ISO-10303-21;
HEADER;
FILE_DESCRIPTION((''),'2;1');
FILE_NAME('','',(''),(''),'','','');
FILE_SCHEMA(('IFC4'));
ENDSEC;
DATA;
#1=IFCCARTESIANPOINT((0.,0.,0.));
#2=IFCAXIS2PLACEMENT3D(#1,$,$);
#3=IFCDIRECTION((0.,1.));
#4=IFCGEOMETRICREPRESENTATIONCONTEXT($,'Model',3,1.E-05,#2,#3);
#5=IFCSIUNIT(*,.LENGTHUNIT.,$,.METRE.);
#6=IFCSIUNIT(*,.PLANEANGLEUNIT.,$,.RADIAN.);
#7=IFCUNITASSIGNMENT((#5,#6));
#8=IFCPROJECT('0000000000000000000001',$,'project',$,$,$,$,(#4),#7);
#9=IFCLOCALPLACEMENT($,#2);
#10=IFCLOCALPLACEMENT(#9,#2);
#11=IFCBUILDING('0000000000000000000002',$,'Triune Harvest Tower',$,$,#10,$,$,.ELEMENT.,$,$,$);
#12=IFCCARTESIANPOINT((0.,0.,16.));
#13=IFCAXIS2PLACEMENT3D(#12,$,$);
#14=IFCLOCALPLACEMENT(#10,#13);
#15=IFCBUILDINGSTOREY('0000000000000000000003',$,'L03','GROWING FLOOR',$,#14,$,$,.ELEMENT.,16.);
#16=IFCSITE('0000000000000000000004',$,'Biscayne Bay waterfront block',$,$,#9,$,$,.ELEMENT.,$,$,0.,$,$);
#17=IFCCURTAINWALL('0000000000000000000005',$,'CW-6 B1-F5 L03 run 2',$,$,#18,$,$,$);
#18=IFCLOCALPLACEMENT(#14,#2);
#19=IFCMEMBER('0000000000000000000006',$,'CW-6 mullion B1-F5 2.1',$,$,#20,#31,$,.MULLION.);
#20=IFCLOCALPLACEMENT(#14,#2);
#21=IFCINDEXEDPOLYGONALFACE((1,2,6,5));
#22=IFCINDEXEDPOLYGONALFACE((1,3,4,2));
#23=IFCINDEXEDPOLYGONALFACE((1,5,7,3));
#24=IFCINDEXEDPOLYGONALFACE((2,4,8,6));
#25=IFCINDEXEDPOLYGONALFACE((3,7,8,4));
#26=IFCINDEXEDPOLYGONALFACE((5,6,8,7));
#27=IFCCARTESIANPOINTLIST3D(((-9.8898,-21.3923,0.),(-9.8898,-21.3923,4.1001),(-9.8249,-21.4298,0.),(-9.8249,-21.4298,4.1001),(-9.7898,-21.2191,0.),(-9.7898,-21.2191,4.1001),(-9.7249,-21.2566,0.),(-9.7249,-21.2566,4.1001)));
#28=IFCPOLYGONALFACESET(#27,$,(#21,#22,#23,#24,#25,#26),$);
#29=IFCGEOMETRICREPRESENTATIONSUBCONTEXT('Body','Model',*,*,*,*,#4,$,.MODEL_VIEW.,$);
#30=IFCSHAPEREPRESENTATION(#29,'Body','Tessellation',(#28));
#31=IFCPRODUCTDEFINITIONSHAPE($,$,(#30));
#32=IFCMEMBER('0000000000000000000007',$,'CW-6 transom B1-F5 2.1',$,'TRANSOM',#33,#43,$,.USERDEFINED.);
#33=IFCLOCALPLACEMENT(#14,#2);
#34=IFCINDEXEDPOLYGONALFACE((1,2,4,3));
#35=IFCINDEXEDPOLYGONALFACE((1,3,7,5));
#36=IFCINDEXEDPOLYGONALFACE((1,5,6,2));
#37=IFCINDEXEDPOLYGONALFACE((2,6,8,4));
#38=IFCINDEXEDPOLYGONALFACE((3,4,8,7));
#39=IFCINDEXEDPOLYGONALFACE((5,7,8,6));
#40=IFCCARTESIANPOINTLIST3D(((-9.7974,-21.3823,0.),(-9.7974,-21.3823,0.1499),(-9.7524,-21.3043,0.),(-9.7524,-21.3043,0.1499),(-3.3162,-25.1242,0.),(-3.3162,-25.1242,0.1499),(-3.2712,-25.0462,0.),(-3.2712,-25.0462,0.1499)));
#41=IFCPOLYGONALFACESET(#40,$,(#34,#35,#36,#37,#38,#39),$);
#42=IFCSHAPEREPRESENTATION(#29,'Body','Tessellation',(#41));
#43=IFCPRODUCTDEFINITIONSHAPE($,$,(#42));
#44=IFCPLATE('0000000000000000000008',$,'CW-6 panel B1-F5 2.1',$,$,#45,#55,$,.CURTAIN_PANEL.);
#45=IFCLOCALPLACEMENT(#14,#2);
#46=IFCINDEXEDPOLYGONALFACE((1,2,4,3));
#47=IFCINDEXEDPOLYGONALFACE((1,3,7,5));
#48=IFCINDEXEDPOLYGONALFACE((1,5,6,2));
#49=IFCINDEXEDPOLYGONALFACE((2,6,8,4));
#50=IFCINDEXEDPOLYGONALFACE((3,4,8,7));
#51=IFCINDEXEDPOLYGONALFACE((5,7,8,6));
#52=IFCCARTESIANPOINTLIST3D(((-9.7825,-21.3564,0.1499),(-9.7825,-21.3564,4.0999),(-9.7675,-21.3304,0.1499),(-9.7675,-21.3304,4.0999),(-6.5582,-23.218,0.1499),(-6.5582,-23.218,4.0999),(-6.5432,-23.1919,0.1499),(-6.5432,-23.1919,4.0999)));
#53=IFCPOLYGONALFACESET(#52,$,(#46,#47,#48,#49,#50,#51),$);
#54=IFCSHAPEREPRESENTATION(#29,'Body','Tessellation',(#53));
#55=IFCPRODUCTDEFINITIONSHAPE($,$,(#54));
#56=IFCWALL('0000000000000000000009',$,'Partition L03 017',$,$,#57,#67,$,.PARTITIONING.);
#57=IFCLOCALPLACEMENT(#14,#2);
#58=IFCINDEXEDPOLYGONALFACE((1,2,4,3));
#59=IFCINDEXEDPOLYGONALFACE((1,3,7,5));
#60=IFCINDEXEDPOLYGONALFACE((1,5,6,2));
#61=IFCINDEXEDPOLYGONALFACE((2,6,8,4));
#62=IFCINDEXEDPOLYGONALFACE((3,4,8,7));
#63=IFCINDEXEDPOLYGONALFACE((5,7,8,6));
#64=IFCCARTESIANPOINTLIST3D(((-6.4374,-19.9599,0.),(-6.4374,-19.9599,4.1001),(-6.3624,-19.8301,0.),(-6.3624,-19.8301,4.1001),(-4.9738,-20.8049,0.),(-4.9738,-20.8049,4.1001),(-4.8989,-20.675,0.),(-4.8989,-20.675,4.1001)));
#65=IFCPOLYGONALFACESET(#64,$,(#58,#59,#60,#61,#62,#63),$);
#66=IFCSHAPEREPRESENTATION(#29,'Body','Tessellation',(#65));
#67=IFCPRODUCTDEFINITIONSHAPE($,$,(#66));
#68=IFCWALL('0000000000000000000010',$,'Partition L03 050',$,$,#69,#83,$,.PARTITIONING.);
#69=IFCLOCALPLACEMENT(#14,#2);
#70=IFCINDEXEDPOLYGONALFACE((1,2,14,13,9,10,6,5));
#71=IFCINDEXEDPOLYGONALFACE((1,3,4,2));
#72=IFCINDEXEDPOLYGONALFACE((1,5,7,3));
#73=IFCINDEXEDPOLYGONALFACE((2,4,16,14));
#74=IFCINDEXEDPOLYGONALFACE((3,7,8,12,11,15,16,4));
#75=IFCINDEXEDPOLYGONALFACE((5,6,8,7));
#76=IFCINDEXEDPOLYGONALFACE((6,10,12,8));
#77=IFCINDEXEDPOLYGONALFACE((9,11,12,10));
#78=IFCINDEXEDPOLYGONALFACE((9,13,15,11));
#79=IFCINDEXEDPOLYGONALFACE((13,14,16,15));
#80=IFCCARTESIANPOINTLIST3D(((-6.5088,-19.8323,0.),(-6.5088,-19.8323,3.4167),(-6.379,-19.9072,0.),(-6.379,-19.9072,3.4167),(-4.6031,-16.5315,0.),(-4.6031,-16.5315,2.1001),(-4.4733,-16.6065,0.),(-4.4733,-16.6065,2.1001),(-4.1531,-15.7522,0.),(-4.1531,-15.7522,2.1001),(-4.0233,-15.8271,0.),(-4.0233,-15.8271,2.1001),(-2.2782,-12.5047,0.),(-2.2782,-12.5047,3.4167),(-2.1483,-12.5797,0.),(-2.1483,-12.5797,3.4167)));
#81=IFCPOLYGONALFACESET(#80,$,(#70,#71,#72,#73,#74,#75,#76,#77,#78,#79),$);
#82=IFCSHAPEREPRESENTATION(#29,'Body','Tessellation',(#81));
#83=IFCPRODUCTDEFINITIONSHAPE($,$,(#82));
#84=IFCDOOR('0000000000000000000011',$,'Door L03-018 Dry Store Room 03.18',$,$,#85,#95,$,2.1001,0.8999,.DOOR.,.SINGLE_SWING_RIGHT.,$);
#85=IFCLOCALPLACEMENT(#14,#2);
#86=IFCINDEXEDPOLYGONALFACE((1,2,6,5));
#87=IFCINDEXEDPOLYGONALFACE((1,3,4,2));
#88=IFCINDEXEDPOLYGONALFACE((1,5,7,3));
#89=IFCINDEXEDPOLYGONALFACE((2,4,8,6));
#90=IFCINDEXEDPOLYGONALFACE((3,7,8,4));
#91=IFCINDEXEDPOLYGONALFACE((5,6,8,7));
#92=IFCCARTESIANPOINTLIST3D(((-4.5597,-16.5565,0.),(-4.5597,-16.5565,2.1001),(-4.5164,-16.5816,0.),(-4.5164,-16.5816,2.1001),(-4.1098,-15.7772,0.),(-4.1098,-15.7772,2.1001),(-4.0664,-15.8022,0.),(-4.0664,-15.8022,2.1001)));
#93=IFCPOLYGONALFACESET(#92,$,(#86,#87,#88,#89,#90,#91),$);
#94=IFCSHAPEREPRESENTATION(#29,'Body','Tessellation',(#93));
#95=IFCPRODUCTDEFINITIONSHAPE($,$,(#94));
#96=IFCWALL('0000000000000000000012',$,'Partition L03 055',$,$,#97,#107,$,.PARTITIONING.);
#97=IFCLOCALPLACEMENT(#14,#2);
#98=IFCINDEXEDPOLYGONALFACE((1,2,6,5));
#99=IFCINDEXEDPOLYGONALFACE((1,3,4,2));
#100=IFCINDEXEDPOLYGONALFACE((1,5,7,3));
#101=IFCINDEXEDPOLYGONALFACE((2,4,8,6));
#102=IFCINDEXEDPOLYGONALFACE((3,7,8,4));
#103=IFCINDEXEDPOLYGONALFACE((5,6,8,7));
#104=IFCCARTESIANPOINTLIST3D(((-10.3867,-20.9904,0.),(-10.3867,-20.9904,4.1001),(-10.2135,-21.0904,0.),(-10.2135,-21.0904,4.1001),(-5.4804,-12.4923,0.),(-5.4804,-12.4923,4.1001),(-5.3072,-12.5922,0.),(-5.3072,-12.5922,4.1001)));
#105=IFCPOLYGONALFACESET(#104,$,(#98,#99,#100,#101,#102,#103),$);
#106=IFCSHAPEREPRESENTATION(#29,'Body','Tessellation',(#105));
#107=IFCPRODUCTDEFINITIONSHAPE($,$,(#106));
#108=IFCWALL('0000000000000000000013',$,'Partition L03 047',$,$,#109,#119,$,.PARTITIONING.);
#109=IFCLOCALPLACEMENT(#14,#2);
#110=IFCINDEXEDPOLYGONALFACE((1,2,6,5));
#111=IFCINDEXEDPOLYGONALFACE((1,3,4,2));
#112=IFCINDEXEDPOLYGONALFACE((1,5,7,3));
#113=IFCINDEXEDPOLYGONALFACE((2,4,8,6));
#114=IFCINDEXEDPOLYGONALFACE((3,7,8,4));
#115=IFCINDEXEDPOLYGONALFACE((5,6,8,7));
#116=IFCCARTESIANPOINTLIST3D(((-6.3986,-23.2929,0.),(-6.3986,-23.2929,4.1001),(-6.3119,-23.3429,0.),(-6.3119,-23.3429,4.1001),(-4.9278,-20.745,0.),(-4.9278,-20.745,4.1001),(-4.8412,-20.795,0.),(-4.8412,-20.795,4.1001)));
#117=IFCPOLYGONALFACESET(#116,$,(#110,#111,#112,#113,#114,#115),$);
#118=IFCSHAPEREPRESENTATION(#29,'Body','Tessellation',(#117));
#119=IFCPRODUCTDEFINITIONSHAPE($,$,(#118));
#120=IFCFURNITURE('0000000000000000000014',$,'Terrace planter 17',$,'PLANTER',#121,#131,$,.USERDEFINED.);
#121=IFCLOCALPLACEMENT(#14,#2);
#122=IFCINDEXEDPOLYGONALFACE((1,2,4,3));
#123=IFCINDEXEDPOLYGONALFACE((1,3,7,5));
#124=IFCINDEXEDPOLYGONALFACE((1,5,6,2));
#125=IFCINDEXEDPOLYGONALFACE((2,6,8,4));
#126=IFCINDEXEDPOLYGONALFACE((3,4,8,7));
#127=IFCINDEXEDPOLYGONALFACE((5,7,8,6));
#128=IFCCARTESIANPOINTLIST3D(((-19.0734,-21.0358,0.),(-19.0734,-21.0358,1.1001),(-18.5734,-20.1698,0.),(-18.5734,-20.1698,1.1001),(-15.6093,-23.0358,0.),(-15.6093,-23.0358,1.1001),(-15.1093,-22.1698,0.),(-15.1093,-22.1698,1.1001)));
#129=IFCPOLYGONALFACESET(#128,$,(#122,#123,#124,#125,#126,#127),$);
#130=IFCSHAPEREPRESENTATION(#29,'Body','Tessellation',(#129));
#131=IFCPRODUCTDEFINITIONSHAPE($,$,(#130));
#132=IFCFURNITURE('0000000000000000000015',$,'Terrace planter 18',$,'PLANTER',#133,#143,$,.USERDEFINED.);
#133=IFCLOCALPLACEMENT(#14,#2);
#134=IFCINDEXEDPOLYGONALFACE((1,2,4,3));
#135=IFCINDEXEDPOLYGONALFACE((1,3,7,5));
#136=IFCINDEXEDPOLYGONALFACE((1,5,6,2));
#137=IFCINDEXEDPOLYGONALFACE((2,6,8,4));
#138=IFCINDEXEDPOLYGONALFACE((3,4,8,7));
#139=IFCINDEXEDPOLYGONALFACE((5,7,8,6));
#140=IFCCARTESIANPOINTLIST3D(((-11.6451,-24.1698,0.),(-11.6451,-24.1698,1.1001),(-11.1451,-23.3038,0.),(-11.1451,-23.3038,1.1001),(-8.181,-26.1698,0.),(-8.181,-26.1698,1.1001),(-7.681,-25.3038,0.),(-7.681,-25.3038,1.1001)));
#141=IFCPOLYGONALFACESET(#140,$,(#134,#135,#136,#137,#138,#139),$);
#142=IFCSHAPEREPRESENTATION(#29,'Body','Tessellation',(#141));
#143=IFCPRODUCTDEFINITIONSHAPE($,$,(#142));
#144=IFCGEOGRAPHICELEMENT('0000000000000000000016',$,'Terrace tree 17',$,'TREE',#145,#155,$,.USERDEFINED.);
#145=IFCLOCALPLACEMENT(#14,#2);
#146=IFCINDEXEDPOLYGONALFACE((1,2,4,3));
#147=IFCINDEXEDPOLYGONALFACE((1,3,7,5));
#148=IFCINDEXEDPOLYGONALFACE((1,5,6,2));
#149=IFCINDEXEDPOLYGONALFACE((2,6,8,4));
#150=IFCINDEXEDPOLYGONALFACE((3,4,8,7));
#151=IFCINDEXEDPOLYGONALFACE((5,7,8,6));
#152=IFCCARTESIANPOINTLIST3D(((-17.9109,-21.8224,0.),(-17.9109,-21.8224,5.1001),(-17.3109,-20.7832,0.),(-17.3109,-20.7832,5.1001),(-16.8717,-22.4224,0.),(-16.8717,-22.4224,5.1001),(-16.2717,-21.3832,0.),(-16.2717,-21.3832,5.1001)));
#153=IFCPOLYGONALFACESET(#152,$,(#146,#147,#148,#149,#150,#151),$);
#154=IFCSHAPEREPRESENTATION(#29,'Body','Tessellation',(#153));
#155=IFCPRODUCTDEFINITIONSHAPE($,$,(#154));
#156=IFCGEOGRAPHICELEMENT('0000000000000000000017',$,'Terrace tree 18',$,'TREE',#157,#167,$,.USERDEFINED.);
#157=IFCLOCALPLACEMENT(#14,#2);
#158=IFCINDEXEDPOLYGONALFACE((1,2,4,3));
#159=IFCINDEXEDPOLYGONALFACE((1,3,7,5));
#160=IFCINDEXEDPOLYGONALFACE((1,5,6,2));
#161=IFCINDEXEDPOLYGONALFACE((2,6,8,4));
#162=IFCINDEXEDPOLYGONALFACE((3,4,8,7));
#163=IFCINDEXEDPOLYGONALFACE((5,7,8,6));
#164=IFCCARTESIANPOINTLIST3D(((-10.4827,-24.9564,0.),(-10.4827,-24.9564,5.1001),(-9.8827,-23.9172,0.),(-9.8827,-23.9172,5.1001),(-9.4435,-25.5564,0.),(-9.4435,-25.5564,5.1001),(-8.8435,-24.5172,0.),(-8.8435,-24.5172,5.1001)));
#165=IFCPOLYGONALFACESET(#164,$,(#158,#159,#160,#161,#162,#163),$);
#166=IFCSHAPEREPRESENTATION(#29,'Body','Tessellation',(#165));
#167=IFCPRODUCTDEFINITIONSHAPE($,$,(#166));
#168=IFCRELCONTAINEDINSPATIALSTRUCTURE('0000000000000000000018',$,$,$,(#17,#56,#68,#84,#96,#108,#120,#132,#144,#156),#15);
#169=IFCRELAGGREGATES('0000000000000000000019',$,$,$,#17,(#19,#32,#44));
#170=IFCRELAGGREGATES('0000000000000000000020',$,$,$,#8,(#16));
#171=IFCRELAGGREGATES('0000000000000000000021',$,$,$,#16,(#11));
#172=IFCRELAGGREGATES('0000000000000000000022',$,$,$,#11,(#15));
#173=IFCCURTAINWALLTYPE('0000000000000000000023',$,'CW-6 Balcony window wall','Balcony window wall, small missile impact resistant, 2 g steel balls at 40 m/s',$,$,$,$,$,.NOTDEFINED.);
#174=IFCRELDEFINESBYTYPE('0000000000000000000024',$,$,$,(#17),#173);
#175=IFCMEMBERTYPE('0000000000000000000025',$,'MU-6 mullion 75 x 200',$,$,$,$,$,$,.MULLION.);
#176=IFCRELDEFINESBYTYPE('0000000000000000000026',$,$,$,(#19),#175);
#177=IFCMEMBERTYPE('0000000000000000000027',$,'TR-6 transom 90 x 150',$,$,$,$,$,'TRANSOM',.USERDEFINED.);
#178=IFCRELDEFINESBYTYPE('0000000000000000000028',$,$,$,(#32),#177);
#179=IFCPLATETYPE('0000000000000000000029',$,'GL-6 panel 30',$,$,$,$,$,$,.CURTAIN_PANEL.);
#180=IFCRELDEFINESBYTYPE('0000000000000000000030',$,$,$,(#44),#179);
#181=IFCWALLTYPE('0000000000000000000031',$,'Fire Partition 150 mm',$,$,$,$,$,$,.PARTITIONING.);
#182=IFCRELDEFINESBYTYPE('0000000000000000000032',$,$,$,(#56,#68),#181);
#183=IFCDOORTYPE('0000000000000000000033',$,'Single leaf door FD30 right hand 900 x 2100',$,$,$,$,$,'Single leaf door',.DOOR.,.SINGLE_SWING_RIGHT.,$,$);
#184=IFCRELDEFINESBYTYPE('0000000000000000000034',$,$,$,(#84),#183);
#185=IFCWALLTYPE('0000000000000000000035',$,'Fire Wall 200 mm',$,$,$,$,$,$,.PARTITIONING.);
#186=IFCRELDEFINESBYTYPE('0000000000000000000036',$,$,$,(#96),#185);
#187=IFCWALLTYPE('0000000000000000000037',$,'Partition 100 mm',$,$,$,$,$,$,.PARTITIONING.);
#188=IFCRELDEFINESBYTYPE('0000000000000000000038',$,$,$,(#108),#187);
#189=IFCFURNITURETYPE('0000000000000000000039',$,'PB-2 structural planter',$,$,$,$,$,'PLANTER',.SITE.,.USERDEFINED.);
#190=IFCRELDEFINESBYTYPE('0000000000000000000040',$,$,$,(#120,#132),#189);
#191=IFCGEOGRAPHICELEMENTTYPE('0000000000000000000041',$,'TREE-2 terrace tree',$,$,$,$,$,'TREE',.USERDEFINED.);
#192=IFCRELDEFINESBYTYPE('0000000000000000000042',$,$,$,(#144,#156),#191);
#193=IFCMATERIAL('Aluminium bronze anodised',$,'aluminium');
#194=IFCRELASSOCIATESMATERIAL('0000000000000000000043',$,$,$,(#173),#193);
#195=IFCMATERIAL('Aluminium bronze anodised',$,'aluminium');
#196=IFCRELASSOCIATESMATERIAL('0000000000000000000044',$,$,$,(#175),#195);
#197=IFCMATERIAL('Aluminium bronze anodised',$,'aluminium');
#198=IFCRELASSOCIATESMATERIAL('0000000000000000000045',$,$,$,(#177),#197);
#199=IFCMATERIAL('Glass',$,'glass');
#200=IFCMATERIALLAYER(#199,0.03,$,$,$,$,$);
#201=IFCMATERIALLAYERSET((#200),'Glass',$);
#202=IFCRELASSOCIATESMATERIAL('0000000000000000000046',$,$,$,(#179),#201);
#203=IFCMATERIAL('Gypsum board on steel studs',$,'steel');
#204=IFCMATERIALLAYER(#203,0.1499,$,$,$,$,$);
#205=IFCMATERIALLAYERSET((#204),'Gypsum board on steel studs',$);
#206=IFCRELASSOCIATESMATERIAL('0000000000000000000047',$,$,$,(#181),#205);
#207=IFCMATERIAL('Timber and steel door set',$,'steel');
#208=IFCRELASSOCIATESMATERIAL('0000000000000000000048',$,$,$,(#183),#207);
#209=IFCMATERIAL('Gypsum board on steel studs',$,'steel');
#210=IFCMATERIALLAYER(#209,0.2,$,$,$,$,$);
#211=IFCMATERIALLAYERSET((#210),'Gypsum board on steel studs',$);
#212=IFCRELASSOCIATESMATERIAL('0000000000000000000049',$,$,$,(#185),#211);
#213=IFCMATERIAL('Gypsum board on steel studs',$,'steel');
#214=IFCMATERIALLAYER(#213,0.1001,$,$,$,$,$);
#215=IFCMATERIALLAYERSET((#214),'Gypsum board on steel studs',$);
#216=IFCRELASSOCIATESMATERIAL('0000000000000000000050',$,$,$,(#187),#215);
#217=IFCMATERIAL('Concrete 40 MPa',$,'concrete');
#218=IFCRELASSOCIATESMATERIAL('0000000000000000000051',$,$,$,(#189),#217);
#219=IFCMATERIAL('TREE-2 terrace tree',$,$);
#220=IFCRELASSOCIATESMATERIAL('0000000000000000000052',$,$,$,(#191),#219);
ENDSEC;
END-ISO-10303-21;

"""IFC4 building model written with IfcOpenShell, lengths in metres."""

from ifc_helpers import new_model, si_unit, direction, frame, frame_2d, origin, origin_2d, place, context, subcontext, project, spatial, rectangle, extrude, source, transform, mapped, material, layer, layer_set, material_profile, profile_set, type_object, element, fill, aggregate, save


model = new_model("IFC4")

# Units and contexts
model_context = context("Model", 3, precision=1e-05, world=origin(), true_north=direction((0.0, 1.0)))
body_context = subcontext(model_context, "Body", "Model", "MODEL_VIEW")
ifc_project = project(units=[si_unit("LENGTHUNIT", "METRE"), si_unit("PLANEANGLEUNIT", "RADIAN")], contexts=[model_context])

# Site, building, storey
site_placement = place(None, origin())
site = spatial("IfcSite", under=ifc_project, at=site_placement, Name="Biscayne Bay waterfront block", CompositionType="ELEMENT", RefElevation=0.0)
building_placement = place(site_placement, origin())
building = spatial("IfcBuilding", under=site, at=building_placement, Name="Triune Harvest Tower", CompositionType="ELEMENT")
storey_placement = place(building_placement, frame((0.0, 0.0, 16.0)))
storey = spatial("IfcBuildingStorey", under=building, at=storey_placement, Name="L03", Description="GROWING FLOOR", CompositionType="ELEMENT", Elevation=16.0)

# Curtain wall, members, plate
ifc_material_1 = material(Name="Aluminium bronze anodised", Category="aluminium")
curtain_wall_type = type_object("IfcCurtainWallType", Name="CW-6 Balcony window wall", Description="Balcony window wall, small missile impact resistant, 2 g steel balls at 40 m/s", PredefinedType="NOTDEFINED", material=ifc_material_1)
curtain_wall_placement = place(storey_placement, origin())
curtain_wall = element("IfcCurtainWall", 1, at=curtain_wall_placement, inside=storey, type_object=curtain_wall_type, Name="CW-6 B1-F5 L03 run 2")
ifc_material_2 = material(Name="Aluminium bronze anodised", Category="aluminium")
ifc_material_profile_1 = material_profile(ifc_material_2, rectangle(XDim=0.2, YDim=0.075, at=origin_2d()), Name="MU-6 mullion 75 x 200")
ifc_profile_set_1 = profile_set([ifc_material_profile_1], Name="Aluminium bronze anodised")
member_type_1 = type_object("IfcMemberType", Name="MU-6 mullion 75 x 200", PredefinedType="MULLION", material=ifc_profile_set_1)
shared_shape_1 = source(origin(), body_context, "Body", "SweptSolid", [
    extrude(rectangle(XDim=0.2, YDim=0.075, at=origin_2d()), origin(), (0.0, 0.0, 1.0), 4.1001),
])
member_1_placement = place(storey_placement, frame((-9.8074, -21.3245, 0.0), z_axis=(0.0, 0.0, 1.0), x_axis=(0.499997, 0.866027, 0.0)))
member_1 = element("IfcMember", 2, at=member_1_placement, type_object=member_type_1, Name="CW-6 mullion B1-F5 2.1", PredefinedType="MULLION", context=body_context, shape_type="MappedRepresentation", body=[
    mapped(shared_shape_1, transform((0.0, 0.0, 0.0), scale=1.0)),
])
ifc_material_3 = material(Name="Aluminium bronze anodised", Category="aluminium")
ifc_material_profile_2 = material_profile(ifc_material_3, rectangle(XDim=0.0901, YDim=0.1499, at=origin_2d()), Name="TR-6 transom 90 x 150")
ifc_profile_set_2 = profile_set([ifc_material_profile_2], Name="Aluminium bronze anodised")
member_type_2 = type_object("IfcMemberType", Name="TR-6 transom 90 x 150", ElementType="TRANSOM", PredefinedType="USERDEFINED", material=ifc_profile_set_2)
shared_shape_2 = source(origin(), body_context, "Body", "SweptSolid", [
    extrude(rectangle(XDim=0.0901, YDim=0.1499, at=origin_2d()), origin(), (0.0, 0.0, 1.0), 7.4839),
])
member_2_placement = place(storey_placement, frame((-9.7749, -21.3433, 0.075), z_axis=(0.866024, -0.500002, 0.0), x_axis=(0.500002, 0.866024, 0.0)))
member_2 = element("IfcMember", 3, at=member_2_placement, type_object=member_type_2, Name="CW-6 transom B1-F5 2.1", ObjectType="TRANSOM", PredefinedType="USERDEFINED", context=body_context, shape_type="MappedRepresentation", body=[
    mapped(shared_shape_2, transform((0.0, 0.0, 0.0), scale=1.0)),
])
ifc_material_4 = material(Name="Glass", Category="glass")
ifc_layer_1 = layer(ifc_material_4, 0.03)
ifc_layer_set_1 = layer_set([ifc_layer_1], Name="Glass")
plate_type = type_object("IfcPlateType", Name="GL-6 panel 30", PredefinedType="CURTAIN_PANEL", material=ifc_layer_set_1)
plate_placement = place(storey_placement, frame((-8.1628, -22.2742, 0.1499), z_axis=(0.0, 0.0, 1.0), x_axis=(0.866027, -0.499997, 0.0)))
plate = element("IfcPlate", 4, at=plate_placement, type_object=plate_type, Name="CW-6 panel B1-F5 2.1", PredefinedType="CURTAIN_PANEL", context=body_context, shape_type="SweptSolid", body=[
    extrude(rectangle(XDim=3.7231, YDim=0.03, at=origin_2d()), origin(), (0.0, 0.0, 1.0), 3.95),
])
aggregate(curtain_wall, [member_1, member_2, plate])

# Wall
ifc_material_5 = material(Name="Gypsum board on steel studs", Category="steel")
ifc_layer_2 = layer(ifc_material_5, 0.1499)
ifc_layer_set_2 = layer_set([ifc_layer_2], Name="Gypsum board on steel studs")
wall_type_1 = type_object("IfcWallType", Name="Fire Partition 150 mm", PredefinedType="PARTITIONING", material=ifc_layer_set_2)
wall_1_placement = place(storey_placement, frame((-6.3999, -19.895, 0.0), z_axis=(0.0, 0.0, 1.0), x_axis=(0.866039, -0.499977, 0.0)))
element("IfcWall", 5, at=wall_1_placement, inside=storey, type_object=wall_type_1, Name="Partition L03 017", PredefinedType="PARTITIONING", context=body_context, shape_type="SweptSolid", body=[
    extrude(rectangle(XDim=1.6899, YDim=0.1499, at=frame_2d((0.845, 0.0))), origin(), (0.0, 0.0, 1.0), 4.1001),
])

# Wall, opening, door
wall_2_placement = place(storey_placement, frame((-6.4438, -19.8696, 0.0), z_axis=(0.0, 0.0, 1.0), x_axis=(0.500009, 0.86602, 0.0)))
wall_2 = element("IfcWall", 6, at=wall_2_placement, inside=storey, type_object=wall_type_1, Name="Partition L03 050", PredefinedType="PARTITIONING", context=body_context, shape_type="SweptSolid", body=[
    extrude(rectangle(XDim=8.4612, YDim=0.1499, at=frame_2d((4.2305, 0.0))), origin(), (0.0, 0.0, 1.0), 3.4167),
])
opening_1_placement = place(wall_2_placement, frame((3.8113, 0.0, 0.0)))
opening_1 = element("IfcOpeningElement", 7, at=opening_1_placement, cuts=wall_2, PredefinedType="OPENING", context=body_context, shape_type="SweptSolid", body=[
    extrude(rectangle(XDim=0.8999, YDim=2.1001, at=frame_2d((0.45, 1.05))), frame((0.0, 0.085, 0.0), z_axis=(0.0, -1.0, 0.0), x_axis=(1.0, 0.0, 0.0)), (0.0, 0.0, 1.0), 0.1699),
])
ifc_material_6 = material(Name="Timber and steel door set", Category="steel")
door_type_1 = type_object("IfcDoorType", Name="Single leaf door FD30 right hand 900 x 2100", ElementType="Single leaf door", OperationType="SINGLE_SWING_RIGHT", PredefinedType="DOOR", material=ifc_material_6)
door_1_placement = place(opening_1_placement, origin())
door_1 = element("IfcDoor", 8, at=door_1_placement, inside=storey, type_object=door_type_1, Name="Door L03-018 Dry Store Room 03.18", OperationType="SINGLE_SWING_RIGHT", OverallHeight=2.1001, OverallWidth=0.8999, PredefinedType="DOOR", context=body_context, shape_type="SweptSolid", body=[
    extrude(rectangle(XDim=0.8999, YDim=2.1001, at=frame_2d((0.45, 1.05))), frame((0.0, 0.0249, 0.0), z_axis=(0.0, -1.0, 0.0), x_axis=(1.0, 0.0, 0.0)), (0.0, 0.0, 1.0), 0.05),
])
fill(opening_1, door_1)

# Walls
ifc_material_7 = material(Name="Gypsum board on steel studs", Category="steel")
ifc_layer_3 = layer(ifc_material_7, 0.2)
ifc_layer_set_3 = layer_set([ifc_layer_3], Name="Gypsum board on steel studs")
wall_type_2 = type_object("IfcWallType", Name="Fire Wall 200 mm", PredefinedType="PARTITIONING", material=ifc_layer_set_3)
shared_shape_3 = source(origin(), body_context, "Body", "SweptSolid", [
    extrude(rectangle(XDim=9.8127, YDim=0.2, at=frame_2d((4.9062, 0.0))), origin(), (0.0, 0.0, 1.0), 4.1001),
])
wall_3_placement = place(storey_placement, frame((-10.3, -21.0403, 0.0), z_axis=(0.0, 0.0, 1.0), x_axis=(0.499992, 0.86603, 0.0)))
element("IfcWall", 9, at=wall_3_placement, inside=storey, type_object=wall_type_2, Name="Partition L03 055", PredefinedType="PARTITIONING", context=body_context, shape_type="MappedRepresentation", body=[
    mapped(shared_shape_3, transform((0.0, 0.0, 0.0), scale=1.0)),
])
ifc_material_8 = material(Name="Gypsum board on steel studs", Category="steel")
ifc_layer_4 = layer(ifc_material_8, 0.1001)
ifc_layer_set_4 = layer_set([ifc_layer_4], Name="Gypsum board on steel studs")
wall_type_3 = type_object("IfcWallType", Name="Partition 100 mm", PredefinedType="PARTITIONING", material=ifc_layer_set_4)
shared_shape_4 = source(origin(), body_context, "Body", "SweptSolid", [
    extrude(rectangle(XDim=2.9419, YDim=0.1001, at=frame_2d((1.4709, 0.0))), origin(), (0.0, 0.0, 1.0), 4.1001),
])
wall_4_placement = place(storey_placement, frame((-6.3552, -23.3179, 0.0), z_axis=(0.0, 0.0, 1.0), x_axis=(0.499924, 0.86607, 0.0)))
element("IfcWall", 10, at=wall_4_placement, inside=storey, type_object=wall_type_3, Name="Partition L03 047", PredefinedType="PARTITIONING", context=body_context, shape_type="MappedRepresentation", body=[
    mapped(shared_shape_4, transform((0.0, 0.0, 0.0), scale=1.0)),
])

# Furniture
ifc_material_9 = material(Name="Concrete 40 MPa", Category="concrete")
furniture_type = type_object("IfcFurnitureType", Name="PB-2 structural planter", ElementType="PLANTER", AssemblyPlace="SITE", PredefinedType="USERDEFINED", material=ifc_material_9)
shared_shape_5 = source(origin(), body_context, "Body", "SweptSolid", [
    extrude(rectangle(XDim=4.0, YDim=1.0, at=origin_2d()), origin(), (0.0, 0.0, 1.0), 1.1001),
])
for number, where, z_axis, x_axis, name in (
    (11, (-17.0913, -21.6028, 0.0), (0.0, 0.0, 1.0), (0.866025, -0.5, 0.0), "Terrace planter 17"),
    (12, (-9.6631, -24.7368, 0.0), (0.0, 0.0, 1.0), (0.866025, -0.5, 0.0), "Terrace planter 18"),
):
    element("IfcFurniture", number, at=place(storey_placement, frame(where, z_axis=z_axis, x_axis=x_axis)), inside=storey, type_object=furniture_type, Name=name, ObjectType="PLANTER", PredefinedType="USERDEFINED", context=body_context, shape_type="MappedRepresentation", body=[
        mapped(shared_shape_5, transform((0.0, 0.0, 0.0), scale=1.0)),
    ])

# Geographic elements
ifc_material_10 = material(Name="TREE-2 terrace tree")
geographic_element_type = type_object("IfcGeographicElementType", Name="TREE-2 terrace tree", ElementType="TREE", PredefinedType="USERDEFINED", material=ifc_material_10)
shared_shape_6 = source(origin(), body_context, "Body", "SweptSolid", [
    extrude(rectangle(XDim=1.2, YDim=1.2, at=origin_2d()), origin(), (0.0, 0.0, 1.0), 5.1001),
])
for number, where, z_axis, x_axis, name in (
    (13, (-17.0913, -21.6028, 0.0), (0.0, 0.0, 1.0), (0.866025, -0.5, 0.0), "Terrace tree 17"),
    (14, (-9.6631, -24.7368, 0.0), (0.0, 0.0, 1.0), (0.866025, -0.5, 0.0), "Terrace tree 18"),
):
    element("IfcGeographicElement", number, at=place(storey_placement, frame(where, z_axis=z_axis, x_axis=x_axis)), inside=storey, type_object=geographic_element_type, Name=name, ObjectType="TREE", PredefinedType="USERDEFINED", context=body_context, shape_type="MappedRepresentation", body=[
        mapped(shared_shape_6, transform((0.0, 0.0, 0.0), scale=1.0)),
    ])

save(model, "model.ifc")
